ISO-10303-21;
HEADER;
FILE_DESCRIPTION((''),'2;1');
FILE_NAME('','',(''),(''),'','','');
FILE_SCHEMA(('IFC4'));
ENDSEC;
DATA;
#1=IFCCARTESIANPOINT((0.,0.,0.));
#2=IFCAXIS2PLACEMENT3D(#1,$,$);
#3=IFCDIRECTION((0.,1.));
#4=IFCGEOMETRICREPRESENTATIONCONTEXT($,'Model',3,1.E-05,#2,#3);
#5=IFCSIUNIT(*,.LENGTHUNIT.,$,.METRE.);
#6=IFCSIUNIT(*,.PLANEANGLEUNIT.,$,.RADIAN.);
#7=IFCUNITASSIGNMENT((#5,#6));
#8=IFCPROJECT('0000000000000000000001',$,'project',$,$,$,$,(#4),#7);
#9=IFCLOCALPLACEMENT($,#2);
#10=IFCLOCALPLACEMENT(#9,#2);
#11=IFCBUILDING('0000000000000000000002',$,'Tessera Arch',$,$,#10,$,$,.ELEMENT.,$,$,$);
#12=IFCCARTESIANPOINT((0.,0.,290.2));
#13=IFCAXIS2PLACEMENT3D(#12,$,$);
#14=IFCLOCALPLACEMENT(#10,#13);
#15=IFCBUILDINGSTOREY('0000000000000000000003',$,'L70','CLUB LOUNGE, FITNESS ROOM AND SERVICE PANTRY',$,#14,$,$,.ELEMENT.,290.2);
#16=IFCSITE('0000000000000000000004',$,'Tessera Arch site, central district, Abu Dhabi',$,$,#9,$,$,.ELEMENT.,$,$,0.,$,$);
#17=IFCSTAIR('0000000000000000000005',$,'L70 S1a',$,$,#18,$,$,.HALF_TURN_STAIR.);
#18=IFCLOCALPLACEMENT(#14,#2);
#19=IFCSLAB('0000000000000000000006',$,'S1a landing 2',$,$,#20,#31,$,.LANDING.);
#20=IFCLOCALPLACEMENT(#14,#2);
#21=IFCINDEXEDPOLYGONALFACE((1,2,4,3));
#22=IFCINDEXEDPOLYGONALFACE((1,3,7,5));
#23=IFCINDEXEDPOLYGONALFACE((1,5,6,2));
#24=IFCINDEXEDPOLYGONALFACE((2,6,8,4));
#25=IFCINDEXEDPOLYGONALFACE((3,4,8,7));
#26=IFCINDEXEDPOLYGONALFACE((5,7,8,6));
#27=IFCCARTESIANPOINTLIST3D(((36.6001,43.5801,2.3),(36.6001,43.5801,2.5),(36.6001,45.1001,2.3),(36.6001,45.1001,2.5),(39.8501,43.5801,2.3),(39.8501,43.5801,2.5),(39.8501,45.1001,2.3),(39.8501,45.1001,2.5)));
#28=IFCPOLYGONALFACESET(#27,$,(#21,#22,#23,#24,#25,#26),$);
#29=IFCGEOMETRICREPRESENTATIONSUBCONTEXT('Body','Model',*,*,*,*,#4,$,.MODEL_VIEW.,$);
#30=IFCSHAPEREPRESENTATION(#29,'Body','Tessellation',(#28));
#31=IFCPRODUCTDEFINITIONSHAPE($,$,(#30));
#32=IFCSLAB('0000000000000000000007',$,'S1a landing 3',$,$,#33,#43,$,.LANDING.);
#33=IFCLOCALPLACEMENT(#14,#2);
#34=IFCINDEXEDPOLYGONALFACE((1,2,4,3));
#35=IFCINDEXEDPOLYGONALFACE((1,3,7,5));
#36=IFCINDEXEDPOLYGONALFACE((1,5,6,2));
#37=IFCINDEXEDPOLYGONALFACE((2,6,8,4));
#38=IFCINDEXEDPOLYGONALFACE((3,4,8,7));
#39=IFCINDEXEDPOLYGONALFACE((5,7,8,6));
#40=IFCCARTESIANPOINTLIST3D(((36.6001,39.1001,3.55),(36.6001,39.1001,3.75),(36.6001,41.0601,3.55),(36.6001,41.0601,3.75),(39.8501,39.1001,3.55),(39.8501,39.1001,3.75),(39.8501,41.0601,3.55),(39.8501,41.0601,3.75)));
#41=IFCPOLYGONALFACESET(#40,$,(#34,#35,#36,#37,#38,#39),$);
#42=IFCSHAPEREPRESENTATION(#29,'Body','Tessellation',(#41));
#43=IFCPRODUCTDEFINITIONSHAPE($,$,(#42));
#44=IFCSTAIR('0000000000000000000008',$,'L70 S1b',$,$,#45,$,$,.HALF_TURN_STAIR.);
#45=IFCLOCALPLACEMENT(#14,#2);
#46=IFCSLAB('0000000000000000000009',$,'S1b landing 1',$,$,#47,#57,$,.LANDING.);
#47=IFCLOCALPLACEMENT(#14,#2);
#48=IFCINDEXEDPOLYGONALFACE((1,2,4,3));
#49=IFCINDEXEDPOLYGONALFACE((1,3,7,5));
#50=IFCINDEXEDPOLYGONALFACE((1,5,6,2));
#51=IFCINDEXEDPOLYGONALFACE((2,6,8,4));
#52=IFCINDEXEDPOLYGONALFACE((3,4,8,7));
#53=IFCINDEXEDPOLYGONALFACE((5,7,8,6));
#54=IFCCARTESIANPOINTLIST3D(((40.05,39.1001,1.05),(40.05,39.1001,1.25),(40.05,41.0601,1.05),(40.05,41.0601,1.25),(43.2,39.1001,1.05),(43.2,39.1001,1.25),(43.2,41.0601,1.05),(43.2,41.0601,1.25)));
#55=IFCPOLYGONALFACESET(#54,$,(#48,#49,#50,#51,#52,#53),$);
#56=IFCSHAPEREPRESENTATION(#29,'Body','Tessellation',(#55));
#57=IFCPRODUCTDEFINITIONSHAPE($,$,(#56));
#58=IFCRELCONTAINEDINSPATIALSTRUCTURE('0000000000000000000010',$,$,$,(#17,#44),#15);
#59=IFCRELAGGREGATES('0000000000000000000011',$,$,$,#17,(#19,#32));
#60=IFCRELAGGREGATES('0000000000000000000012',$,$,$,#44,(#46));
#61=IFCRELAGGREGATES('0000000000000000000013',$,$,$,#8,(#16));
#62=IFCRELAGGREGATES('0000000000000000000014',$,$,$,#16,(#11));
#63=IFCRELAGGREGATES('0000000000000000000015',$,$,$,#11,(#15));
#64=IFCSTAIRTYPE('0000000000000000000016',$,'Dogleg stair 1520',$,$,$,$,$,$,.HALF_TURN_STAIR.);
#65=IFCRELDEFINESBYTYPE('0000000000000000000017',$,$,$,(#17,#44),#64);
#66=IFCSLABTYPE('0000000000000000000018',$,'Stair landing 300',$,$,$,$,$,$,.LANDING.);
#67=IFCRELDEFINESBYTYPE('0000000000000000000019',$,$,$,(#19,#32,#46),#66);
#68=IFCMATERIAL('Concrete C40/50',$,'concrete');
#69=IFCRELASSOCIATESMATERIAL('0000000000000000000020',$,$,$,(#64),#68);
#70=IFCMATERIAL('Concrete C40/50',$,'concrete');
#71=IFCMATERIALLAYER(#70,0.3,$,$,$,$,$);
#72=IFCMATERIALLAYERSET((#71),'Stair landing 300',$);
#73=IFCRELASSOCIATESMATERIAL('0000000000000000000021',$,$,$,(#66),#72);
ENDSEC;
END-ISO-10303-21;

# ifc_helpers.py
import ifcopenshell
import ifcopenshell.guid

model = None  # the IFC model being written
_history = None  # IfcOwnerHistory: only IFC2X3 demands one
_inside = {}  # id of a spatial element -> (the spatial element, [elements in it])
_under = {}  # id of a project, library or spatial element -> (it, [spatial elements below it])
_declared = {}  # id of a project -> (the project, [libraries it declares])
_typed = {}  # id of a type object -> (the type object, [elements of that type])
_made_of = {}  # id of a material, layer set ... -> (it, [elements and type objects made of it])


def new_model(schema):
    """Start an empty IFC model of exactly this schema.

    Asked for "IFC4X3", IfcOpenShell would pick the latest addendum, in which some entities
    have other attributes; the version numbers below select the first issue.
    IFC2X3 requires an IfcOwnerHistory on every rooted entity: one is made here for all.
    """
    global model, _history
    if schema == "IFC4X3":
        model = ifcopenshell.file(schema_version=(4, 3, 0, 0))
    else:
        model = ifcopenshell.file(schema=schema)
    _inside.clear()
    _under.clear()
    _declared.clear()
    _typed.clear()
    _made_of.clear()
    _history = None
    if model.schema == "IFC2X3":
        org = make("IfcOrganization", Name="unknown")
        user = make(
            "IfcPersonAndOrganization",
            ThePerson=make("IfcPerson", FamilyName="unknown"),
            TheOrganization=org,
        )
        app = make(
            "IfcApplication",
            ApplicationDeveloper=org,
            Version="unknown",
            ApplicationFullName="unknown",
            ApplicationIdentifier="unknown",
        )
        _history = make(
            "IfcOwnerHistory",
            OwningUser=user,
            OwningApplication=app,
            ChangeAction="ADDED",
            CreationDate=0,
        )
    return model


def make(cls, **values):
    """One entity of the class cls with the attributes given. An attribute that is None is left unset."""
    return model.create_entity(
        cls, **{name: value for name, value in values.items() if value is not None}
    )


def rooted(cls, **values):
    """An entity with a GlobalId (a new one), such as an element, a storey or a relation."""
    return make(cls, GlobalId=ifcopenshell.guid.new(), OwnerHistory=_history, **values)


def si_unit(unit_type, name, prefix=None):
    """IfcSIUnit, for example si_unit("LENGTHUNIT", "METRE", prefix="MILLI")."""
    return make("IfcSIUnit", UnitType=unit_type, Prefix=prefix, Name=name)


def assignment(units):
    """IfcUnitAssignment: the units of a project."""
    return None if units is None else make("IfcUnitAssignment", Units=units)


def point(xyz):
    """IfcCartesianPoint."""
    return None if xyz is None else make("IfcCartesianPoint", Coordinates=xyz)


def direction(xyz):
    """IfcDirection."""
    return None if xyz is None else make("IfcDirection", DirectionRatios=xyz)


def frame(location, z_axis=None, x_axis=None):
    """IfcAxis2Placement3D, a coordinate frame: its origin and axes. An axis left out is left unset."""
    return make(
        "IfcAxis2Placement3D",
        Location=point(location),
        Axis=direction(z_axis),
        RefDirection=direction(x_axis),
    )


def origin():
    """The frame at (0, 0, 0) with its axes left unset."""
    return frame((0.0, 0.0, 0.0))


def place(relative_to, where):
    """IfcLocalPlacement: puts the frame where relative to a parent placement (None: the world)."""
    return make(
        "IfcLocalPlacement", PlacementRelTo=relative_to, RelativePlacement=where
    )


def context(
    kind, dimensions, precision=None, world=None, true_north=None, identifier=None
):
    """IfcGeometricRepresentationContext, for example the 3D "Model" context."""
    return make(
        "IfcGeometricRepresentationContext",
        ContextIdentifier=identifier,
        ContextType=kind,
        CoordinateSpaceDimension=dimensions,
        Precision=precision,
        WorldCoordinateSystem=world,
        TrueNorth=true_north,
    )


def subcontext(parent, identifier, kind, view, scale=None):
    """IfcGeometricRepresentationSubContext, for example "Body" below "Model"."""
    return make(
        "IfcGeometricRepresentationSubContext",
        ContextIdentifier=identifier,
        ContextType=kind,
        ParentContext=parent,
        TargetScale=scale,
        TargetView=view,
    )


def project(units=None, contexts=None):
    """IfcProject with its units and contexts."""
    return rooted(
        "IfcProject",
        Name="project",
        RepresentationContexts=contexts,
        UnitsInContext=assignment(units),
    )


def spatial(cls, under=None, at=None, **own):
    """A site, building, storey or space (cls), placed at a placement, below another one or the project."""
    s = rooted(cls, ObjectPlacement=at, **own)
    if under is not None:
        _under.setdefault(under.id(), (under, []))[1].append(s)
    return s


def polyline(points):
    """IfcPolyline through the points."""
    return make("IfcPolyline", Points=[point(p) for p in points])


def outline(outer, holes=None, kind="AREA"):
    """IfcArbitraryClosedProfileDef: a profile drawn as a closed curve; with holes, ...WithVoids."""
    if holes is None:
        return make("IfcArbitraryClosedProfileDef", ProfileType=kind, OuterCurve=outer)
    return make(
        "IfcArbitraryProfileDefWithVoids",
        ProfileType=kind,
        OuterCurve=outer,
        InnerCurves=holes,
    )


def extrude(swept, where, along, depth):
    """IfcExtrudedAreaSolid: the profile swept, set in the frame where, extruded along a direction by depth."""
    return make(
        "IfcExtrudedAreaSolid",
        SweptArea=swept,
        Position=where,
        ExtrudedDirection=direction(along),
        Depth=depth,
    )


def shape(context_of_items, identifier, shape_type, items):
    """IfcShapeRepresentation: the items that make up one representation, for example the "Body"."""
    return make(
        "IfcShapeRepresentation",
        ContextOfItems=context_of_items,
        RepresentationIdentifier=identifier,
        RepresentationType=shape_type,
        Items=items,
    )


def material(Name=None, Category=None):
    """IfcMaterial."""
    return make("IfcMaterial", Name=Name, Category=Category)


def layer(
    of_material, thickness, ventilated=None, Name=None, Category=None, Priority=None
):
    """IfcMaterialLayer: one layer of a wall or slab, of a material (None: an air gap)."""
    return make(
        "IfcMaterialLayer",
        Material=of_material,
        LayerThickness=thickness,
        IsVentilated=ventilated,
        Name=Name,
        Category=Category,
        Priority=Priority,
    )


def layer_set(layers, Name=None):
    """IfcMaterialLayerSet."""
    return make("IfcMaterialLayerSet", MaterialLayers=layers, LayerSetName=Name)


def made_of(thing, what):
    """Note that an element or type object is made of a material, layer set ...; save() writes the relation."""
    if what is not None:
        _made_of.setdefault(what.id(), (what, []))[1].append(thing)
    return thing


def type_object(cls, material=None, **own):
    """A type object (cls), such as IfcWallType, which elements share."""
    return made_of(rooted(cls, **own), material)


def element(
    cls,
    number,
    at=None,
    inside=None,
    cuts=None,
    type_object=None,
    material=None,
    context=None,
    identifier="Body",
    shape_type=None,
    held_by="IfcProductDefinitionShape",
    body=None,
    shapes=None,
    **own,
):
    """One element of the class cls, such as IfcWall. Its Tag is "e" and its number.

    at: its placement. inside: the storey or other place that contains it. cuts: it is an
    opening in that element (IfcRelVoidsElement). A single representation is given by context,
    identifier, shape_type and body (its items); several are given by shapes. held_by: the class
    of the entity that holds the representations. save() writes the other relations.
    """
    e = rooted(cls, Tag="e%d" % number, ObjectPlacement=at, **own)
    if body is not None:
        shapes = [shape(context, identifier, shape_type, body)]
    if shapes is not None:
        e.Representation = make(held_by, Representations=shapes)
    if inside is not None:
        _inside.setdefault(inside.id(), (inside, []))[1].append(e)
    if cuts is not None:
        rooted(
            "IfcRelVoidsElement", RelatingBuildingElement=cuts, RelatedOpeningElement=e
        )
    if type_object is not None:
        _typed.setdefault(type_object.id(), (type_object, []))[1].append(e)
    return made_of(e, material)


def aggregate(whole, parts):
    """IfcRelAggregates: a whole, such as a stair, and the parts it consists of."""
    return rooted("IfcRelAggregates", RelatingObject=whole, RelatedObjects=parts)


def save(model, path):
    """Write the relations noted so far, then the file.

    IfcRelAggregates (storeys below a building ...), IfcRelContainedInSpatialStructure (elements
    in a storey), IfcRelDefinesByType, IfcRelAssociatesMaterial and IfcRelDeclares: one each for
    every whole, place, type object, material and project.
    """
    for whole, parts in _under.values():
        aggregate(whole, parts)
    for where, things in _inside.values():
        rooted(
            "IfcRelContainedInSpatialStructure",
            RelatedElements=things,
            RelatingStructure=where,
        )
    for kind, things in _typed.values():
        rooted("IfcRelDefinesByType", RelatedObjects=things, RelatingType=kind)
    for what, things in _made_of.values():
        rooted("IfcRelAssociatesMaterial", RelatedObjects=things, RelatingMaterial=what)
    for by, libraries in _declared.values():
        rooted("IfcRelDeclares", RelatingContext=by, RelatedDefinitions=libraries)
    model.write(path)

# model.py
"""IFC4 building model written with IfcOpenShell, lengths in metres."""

from ifc_helpers import new_model, si_unit, direction, frame, origin, place, context, subcontext, project, spatial, polyline, outline, extrude, material, layer, layer_set, type_object, element, aggregate, save


model = new_model("IFC4")

# Units and contexts
model_context = context("Model", 3, precision=1e-05, world=origin(), true_north=direction((0.0, 1.0)))
body_context = subcontext(model_context, "Body", "Model", "MODEL_VIEW")
ifc_project = project(units=[si_unit("LENGTHUNIT", "METRE"), si_unit("PLANEANGLEUNIT", "RADIAN")], contexts=[model_context])

# Site, building, storey
site_placement = place(None, origin())
site = spatial("IfcSite", under=ifc_project, at=site_placement, Name="Tessera Arch site, central district, Abu Dhabi", CompositionType="ELEMENT", RefElevation=0.0)
building_placement = place(site_placement, origin())
building = spatial("IfcBuilding", under=site, at=building_placement, Name="Tessera Arch", CompositionType="ELEMENT")
storey_placement = place(building_placement, frame((0.0, 0.0, 290.2)))
storey = spatial("IfcBuildingStorey", under=building, at=storey_placement, Name="L70", Description="CLUB LOUNGE, FITNESS ROOM AND SERVICE PANTRY", CompositionType="ELEMENT", Elevation=290.2)

# Stair, slabs
ifc_material_1 = material(Name="Concrete C40/50", Category="concrete")
stair_type = type_object("IfcStairType", Name="Dogleg stair 1520", PredefinedType="HALF_TURN_STAIR", material=ifc_material_1)
stair_1_placement = place(storey_placement, origin())
stair_1 = element("IfcStair", 1, at=stair_1_placement, inside=storey, type_object=stair_type, Name="L70 S1a", PredefinedType="HALF_TURN_STAIR")
ifc_material_2 = material(Name="Concrete C40/50", Category="concrete")
ifc_layer_1 = layer(ifc_material_2, 0.3)
ifc_layer_set_1 = layer_set([ifc_layer_1], Name="Stair landing 300")
slab_type_1 = type_object("IfcSlabType", Name="Stair landing 300", PredefinedType="LANDING", material=ifc_layer_set_1)
slab_1_placement = place(storey_placement, frame((0.0, 0.0, 2.3)))
slab_1 = element("IfcSlab", 2, at=slab_1_placement, type_object=slab_type_1, Name="S1a landing 2", PredefinedType="LANDING", context=body_context, shape_type="SweptSolid", body=[
    extrude(outline(polyline([(36.6001, 45.1001), (36.6001, 43.5801), (39.8501, 43.5801), (39.8501, 45.1001), (36.6001, 45.1001)])), origin(), (0.0, 0.0, 1.0), 0.2),
])
slab_2_placement = place(storey_placement, frame((0.0, 0.0, 3.55)))
slab_2 = element("IfcSlab", 3, at=slab_2_placement, type_object=slab_type_1, Name="S1a landing 3", PredefinedType="LANDING", context=body_context, shape_type="SweptSolid", body=[
    extrude(outline(polyline([(36.6001, 41.0601), (36.6001, 39.1001), (39.8501, 39.1001), (39.8501, 41.0601), (36.6001, 41.0601)])), origin(), (0.0, 0.0, 1.0), 0.2),
])
aggregate(stair_1, [slab_1, slab_2])

# Stair, slab
stair_2_placement = place(storey_placement, origin())
stair_2 = element("IfcStair", 4, at=stair_2_placement, inside=storey, type_object=stair_type, Name="L70 S1b", PredefinedType="HALF_TURN_STAIR")
slab_3_placement = place(storey_placement, frame((0.0, 0.0, 1.05)))
slab_3 = element("IfcSlab", 5, at=slab_3_placement, type_object=slab_type_1, Name="S1b landing 1", PredefinedType="LANDING", context=body_context, shape_type="SweptSolid", body=[
    extrude(outline(polyline([(40.05, 41.0601), (40.05, 39.1001), (43.2, 39.1001), (43.2, 41.0601), (40.05, 41.0601)])), origin(), (0.0, 0.0, 1.0), 0.2),
])
aggregate(stair_2, [slab_3])

save(model, "model.ifc")
